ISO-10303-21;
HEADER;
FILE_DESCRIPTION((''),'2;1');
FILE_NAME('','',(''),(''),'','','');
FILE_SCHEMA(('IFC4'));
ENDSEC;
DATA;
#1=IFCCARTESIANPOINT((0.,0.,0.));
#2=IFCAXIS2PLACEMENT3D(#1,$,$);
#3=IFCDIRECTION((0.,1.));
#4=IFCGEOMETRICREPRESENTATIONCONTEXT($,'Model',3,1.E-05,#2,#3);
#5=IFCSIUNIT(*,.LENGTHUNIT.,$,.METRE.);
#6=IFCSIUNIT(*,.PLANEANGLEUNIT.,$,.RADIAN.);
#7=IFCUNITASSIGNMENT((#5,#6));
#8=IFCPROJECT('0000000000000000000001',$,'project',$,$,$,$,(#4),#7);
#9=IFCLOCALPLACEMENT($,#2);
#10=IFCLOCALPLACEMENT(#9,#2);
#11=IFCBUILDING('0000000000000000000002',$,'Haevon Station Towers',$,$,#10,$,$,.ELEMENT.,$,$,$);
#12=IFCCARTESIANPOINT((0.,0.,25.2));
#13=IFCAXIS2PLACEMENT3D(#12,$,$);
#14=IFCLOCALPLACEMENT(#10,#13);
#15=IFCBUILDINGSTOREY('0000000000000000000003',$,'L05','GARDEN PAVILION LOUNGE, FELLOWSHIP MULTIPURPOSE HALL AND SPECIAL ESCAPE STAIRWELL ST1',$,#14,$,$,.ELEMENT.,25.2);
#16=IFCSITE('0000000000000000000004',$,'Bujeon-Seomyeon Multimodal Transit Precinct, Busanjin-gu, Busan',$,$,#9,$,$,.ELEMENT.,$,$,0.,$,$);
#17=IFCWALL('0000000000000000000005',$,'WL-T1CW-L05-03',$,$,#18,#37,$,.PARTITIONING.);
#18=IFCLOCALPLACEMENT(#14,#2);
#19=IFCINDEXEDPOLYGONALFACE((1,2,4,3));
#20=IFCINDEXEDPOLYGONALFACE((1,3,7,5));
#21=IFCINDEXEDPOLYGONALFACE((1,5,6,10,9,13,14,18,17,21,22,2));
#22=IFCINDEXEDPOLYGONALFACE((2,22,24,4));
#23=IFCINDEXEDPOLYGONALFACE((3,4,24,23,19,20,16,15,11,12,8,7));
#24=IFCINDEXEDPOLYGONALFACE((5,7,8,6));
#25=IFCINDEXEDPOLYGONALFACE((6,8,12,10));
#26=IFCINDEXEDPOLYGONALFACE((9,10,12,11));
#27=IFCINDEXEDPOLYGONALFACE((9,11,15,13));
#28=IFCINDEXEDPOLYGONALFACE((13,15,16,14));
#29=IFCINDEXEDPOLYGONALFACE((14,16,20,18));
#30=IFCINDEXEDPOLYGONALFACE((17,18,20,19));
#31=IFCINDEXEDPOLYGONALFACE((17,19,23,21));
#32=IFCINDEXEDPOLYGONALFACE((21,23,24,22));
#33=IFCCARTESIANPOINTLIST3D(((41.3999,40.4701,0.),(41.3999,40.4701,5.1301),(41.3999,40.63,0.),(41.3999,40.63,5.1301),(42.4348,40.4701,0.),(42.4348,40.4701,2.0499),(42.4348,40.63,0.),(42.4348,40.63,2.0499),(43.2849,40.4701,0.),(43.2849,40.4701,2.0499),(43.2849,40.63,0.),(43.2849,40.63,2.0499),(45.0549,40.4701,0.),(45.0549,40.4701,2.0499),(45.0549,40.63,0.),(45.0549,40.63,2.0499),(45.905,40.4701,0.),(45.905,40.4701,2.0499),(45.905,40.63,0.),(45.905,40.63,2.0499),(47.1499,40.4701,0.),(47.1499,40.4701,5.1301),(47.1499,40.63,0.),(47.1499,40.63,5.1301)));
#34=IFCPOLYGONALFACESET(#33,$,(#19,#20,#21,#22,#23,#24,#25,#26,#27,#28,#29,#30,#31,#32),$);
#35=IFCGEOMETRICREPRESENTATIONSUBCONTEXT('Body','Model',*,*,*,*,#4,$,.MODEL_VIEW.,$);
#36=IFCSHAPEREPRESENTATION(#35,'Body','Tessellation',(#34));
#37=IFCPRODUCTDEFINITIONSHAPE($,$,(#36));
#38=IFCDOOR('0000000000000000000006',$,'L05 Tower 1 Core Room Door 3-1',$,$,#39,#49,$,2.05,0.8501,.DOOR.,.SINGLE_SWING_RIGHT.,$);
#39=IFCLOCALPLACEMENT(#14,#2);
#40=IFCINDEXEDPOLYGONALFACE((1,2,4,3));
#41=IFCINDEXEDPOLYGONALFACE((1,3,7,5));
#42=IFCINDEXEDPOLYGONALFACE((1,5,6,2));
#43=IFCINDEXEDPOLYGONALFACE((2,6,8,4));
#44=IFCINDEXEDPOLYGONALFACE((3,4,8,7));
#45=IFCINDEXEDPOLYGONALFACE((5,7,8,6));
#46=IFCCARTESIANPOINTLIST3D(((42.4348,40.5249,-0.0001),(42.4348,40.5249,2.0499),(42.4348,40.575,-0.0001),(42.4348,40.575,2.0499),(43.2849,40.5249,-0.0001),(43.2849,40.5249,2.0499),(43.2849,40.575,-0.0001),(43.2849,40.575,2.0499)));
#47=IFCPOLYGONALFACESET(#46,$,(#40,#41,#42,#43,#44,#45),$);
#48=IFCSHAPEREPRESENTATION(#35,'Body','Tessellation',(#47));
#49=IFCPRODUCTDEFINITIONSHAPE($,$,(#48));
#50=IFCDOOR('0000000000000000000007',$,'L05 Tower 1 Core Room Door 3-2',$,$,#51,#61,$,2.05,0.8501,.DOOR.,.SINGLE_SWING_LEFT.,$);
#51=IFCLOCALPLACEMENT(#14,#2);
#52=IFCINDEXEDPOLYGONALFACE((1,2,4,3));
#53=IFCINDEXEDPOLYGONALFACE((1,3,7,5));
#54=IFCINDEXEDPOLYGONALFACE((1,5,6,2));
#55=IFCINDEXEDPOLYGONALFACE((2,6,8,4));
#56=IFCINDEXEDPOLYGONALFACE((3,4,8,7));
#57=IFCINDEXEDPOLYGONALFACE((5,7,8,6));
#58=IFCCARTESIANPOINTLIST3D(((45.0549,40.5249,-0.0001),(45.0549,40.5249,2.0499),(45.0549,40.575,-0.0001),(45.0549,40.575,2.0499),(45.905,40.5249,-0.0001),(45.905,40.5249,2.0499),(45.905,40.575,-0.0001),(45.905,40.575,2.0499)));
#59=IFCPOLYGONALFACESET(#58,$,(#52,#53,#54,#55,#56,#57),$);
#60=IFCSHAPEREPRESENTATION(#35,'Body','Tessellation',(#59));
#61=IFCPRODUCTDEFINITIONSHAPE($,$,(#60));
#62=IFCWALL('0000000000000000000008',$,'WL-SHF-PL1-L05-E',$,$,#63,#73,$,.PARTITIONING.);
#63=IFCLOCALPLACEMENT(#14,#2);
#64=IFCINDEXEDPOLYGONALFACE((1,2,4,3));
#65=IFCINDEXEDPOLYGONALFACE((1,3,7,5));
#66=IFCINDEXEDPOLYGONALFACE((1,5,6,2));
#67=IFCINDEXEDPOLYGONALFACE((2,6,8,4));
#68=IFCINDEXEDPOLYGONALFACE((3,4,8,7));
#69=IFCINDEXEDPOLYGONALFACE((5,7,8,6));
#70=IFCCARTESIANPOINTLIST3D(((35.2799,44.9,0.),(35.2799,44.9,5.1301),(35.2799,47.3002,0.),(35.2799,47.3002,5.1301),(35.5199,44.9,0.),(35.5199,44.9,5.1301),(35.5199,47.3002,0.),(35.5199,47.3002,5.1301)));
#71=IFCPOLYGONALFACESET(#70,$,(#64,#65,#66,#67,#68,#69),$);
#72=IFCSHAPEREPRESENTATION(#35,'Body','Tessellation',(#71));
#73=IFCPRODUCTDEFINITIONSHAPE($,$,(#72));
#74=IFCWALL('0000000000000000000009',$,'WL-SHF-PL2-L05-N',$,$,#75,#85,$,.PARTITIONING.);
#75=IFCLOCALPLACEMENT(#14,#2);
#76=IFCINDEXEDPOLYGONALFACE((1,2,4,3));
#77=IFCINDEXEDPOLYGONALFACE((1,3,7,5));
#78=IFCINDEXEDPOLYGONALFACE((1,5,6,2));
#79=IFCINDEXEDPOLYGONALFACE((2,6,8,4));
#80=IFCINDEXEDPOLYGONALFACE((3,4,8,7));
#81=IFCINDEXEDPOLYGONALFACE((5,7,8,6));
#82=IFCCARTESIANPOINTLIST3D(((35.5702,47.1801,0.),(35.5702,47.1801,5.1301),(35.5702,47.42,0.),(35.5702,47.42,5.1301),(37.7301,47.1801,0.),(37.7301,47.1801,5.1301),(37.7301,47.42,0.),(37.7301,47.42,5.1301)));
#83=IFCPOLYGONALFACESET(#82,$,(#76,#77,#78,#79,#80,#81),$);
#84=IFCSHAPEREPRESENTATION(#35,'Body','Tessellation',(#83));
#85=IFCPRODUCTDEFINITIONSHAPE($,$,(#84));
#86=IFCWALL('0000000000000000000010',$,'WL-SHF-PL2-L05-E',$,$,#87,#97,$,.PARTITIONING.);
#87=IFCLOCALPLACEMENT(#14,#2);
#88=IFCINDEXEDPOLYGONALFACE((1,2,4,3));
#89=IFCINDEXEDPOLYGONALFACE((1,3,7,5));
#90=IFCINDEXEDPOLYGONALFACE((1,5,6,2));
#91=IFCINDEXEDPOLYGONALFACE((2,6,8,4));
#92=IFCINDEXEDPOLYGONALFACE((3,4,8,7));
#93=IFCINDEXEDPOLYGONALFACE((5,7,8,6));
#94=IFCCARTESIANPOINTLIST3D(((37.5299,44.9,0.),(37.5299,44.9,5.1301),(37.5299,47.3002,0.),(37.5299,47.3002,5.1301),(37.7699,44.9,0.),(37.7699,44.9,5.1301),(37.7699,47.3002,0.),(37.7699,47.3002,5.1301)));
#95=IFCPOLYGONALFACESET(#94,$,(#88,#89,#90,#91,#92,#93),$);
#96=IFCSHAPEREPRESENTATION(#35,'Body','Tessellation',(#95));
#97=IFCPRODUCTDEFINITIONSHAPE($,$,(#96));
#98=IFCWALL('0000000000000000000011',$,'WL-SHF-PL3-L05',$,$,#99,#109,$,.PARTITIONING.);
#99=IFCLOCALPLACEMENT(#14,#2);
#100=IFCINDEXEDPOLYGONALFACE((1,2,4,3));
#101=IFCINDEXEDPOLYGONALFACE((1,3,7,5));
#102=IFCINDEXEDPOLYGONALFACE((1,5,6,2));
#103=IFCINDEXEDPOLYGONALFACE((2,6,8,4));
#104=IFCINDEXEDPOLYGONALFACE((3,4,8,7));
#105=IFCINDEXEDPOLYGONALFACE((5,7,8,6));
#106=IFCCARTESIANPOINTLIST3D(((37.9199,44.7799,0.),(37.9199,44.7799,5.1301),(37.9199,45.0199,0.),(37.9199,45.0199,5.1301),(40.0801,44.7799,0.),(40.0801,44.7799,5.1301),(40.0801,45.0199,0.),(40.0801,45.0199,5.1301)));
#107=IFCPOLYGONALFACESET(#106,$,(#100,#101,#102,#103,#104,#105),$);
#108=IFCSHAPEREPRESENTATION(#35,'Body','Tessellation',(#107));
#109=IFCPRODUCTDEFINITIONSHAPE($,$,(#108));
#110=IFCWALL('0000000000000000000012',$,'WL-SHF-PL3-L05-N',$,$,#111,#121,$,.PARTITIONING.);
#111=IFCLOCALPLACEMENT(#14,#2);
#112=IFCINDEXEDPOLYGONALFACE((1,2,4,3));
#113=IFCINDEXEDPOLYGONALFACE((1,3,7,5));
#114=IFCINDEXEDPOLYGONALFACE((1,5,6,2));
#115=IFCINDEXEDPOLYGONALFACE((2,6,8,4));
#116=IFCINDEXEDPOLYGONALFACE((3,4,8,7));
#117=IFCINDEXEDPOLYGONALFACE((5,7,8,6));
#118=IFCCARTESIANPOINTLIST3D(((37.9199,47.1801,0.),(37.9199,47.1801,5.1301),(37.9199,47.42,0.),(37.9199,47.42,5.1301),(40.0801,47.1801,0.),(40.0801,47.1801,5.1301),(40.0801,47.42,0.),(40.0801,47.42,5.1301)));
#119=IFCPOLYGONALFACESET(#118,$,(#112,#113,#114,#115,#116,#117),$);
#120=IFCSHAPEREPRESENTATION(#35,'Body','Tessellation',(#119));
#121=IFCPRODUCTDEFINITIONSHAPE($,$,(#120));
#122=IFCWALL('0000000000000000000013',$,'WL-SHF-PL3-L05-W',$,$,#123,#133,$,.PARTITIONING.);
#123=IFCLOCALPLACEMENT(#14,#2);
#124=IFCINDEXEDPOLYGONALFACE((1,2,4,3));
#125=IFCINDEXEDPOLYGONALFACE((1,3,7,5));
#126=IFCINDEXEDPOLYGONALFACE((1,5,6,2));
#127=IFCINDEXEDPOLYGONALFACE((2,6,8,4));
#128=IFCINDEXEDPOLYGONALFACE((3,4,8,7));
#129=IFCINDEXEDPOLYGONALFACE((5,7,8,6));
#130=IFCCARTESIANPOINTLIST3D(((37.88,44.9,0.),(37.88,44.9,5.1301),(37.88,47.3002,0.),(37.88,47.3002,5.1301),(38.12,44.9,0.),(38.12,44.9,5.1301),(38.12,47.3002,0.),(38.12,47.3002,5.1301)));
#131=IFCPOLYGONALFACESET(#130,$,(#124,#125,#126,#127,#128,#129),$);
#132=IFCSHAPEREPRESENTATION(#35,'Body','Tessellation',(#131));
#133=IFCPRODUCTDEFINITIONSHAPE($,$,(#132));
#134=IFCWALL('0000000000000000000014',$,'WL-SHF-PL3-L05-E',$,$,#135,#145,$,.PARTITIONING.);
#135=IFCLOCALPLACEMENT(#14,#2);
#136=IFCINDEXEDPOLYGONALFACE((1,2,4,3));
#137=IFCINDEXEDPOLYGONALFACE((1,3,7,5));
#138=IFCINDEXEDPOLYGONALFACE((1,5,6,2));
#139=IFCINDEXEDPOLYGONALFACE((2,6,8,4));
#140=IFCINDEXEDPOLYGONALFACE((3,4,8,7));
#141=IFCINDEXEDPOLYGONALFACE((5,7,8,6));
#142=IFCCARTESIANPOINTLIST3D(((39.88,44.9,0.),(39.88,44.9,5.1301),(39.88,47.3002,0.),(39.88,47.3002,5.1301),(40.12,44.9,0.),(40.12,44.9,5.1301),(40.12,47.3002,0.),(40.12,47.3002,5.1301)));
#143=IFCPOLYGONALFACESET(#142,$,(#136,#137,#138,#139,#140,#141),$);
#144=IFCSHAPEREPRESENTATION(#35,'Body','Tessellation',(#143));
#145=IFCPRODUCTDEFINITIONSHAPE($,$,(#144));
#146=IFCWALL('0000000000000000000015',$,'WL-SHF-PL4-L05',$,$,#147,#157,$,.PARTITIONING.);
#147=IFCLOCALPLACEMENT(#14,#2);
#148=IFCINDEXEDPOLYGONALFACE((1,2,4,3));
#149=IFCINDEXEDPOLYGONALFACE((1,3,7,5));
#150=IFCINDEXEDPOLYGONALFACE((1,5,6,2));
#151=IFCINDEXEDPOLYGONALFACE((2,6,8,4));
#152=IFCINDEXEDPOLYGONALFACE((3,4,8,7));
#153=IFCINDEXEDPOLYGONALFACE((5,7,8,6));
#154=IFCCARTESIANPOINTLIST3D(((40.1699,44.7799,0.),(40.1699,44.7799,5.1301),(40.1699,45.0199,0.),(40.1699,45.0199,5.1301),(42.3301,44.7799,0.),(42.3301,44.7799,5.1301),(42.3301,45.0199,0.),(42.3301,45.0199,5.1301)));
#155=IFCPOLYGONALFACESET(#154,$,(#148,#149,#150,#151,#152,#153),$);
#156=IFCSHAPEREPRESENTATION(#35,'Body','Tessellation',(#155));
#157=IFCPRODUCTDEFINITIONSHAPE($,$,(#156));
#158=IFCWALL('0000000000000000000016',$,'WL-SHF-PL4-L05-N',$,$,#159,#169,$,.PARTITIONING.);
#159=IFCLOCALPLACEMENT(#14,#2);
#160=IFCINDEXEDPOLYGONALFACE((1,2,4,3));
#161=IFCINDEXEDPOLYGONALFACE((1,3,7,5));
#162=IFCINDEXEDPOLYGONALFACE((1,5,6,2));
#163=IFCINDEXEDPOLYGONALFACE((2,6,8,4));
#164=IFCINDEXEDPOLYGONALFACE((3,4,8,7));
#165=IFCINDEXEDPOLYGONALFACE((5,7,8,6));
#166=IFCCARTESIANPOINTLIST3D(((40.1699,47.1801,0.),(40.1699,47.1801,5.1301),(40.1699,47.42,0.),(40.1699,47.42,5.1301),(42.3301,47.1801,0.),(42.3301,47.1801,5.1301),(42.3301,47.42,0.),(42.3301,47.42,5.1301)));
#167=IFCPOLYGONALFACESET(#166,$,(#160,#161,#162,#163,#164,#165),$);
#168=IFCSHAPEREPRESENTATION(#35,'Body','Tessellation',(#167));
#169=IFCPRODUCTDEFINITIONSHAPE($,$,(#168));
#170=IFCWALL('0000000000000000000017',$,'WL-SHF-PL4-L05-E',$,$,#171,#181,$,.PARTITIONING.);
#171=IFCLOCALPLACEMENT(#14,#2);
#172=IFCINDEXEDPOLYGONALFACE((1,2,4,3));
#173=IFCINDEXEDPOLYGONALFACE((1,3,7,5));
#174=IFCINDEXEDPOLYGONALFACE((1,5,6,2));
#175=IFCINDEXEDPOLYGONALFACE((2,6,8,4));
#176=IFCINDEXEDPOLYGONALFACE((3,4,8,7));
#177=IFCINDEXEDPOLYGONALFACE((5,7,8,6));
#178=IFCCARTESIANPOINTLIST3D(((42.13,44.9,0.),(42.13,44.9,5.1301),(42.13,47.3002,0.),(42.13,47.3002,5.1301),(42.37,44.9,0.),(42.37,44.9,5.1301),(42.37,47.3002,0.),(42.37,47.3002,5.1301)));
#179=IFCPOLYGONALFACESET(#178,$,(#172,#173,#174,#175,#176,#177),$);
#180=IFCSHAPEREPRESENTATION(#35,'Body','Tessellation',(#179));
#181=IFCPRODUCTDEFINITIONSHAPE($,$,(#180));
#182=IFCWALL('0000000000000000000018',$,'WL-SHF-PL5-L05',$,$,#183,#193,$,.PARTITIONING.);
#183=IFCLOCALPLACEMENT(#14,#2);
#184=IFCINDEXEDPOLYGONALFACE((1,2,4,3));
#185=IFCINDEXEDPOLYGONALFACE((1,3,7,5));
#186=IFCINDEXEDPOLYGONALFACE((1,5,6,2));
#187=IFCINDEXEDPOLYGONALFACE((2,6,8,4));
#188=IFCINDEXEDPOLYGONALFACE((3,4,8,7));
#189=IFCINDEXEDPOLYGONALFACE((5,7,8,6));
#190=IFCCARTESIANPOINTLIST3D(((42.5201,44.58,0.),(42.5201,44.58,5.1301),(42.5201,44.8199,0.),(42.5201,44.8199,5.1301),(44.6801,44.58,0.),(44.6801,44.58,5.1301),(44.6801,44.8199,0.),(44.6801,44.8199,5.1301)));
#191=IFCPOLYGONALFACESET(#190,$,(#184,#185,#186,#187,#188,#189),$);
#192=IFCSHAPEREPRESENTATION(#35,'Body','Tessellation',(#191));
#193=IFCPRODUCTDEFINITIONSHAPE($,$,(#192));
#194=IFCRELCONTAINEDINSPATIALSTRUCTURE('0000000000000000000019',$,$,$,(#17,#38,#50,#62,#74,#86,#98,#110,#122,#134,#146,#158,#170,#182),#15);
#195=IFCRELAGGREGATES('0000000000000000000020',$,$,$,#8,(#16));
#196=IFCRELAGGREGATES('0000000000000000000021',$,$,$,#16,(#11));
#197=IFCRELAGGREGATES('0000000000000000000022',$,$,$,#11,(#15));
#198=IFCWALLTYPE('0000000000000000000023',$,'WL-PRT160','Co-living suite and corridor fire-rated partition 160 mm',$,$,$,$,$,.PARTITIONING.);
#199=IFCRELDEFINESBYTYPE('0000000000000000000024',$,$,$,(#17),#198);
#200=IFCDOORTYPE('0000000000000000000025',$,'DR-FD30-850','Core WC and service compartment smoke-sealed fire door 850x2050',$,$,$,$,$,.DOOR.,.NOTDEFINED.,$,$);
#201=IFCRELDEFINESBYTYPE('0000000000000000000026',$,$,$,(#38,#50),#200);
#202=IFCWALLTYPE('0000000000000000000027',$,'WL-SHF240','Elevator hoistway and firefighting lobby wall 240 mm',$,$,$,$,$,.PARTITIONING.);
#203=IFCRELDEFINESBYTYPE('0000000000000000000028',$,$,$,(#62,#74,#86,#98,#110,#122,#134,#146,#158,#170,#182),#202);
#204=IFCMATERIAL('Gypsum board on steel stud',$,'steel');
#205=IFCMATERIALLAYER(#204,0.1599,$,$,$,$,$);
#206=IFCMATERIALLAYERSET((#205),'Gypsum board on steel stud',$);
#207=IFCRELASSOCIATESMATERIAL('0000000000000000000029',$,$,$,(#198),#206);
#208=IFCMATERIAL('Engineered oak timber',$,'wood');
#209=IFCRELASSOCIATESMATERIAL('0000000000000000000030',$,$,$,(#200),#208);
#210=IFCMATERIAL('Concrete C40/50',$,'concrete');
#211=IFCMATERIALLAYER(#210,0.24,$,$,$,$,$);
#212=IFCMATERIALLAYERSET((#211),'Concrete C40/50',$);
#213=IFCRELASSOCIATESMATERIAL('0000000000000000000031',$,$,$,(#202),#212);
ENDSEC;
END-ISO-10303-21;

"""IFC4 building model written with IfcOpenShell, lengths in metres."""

from ifc_helpers import new_model, si_unit, direction, frame, frame_2d, origin, place, context, subcontext, project, spatial, rectangle, extrude, material, layer, layer_set, type_object, element, fill, save


model = new_model("IFC4")

# Units and contexts
model_context = context("Model", 3, precision=1e-05, world=origin(), true_north=direction((0.0, 1.0)))
body_context = subcontext(model_context, "Body", "Model", "MODEL_VIEW")
ifc_project = project(units=[si_unit("LENGTHUNIT", "METRE"), si_unit("PLANEANGLEUNIT", "RADIAN")], contexts=[model_context])

# Site, building, storey
site_placement = place(None, origin())
site = spatial("IfcSite", under=ifc_project, at=site_placement, Name="Bujeon-Seomyeon Multimodal Transit Precinct, Busanjin-gu, Busan", CompositionType="ELEMENT", RefElevation=0.0)
building_placement = place(site_placement, origin())
building = spatial("IfcBuilding", under=site, at=building_placement, Name="Haevon Station Towers", CompositionType="ELEMENT")
storey_placement = place(building_placement, frame((0.0, 0.0, 25.2)))
storey = spatial("IfcBuildingStorey", under=building, at=storey_placement, Name="L05", Description="GARDEN PAVILION LOUNGE, FELLOWSHIP MULTIPURPOSE HALL AND SPECIAL ESCAPE STAIRWELL ST1", CompositionType="ELEMENT", Elevation=25.2)

# Wall, openings, doors
ifc_material_1 = material(Name="Gypsum board on steel stud", Category="steel")
ifc_layer_1 = layer(ifc_material_1, 0.1599)
ifc_layer_set_1 = layer_set([ifc_layer_1], Name="Gypsum board on steel stud")
wall_type_1 = type_object("IfcWallType", Name="WL-PRT160", Description="Co-living suite and corridor fire-rated partition 160 mm", PredefinedType="PARTITIONING", material=ifc_layer_set_1)
wall_1_placement = place(storey_placement, frame((41.3999, 40.55, 0.0), z_axis=(0.0, 0.0, 1.0), x_axis=(1.0, 0.0, 0.0)))
wall_1 = element("IfcWall", 1, at=wall_1_placement, inside=storey, type_object=wall_type_1, Name="WL-T1CW-L05-03", PredefinedType="PARTITIONING", context=body_context, shape_type="SweptSolid", body=[
    extrude(rectangle(XDim=5.75, YDim=0.1599, at=frame_2d((2.875, 0.0))), origin(), (0.0, 0.0, 1.0), 5.1301),
])
opening_1_placement = place(wall_1_placement, frame((1.0349, 0.0, 0.0)))
opening_1 = element("IfcOpeningElement", 2, at=opening_1_placement, cuts=wall_1, PredefinedType="OPENING", context=body_context, shape_type="SweptSolid", body=[
    extrude(rectangle(XDim=0.8501, YDim=2.05, at=frame_2d((0.425, 1.0249))), frame((0.0, 0.0898, 0.0), z_axis=(0.0, -1.0, 0.0), x_axis=(1.0, 0.0, 0.0)), (0.0, 0.0, 1.0), 0.1799),
])
opening_2_placement = place(wall_1_placement, frame((3.655, 0.0, 0.0)))
opening_2 = element("IfcOpeningElement", 3, at=opening_2_placement, cuts=wall_1, PredefinedType="OPENING", context=body_context, shape_type="SweptSolid", body=[
    extrude(rectangle(XDim=0.8501, YDim=2.05, at=frame_2d((0.425, 1.0249))), frame((0.0, 0.0898, 0.0), z_axis=(0.0, -1.0, 0.0), x_axis=(1.0, 0.0, 0.0)), (0.0, 0.0, 1.0), 0.1799),
])
ifc_material_2 = material(Name="Engineered oak timber", Category="wood")
door_type_1 = type_object("IfcDoorType", Name="DR-FD30-850", Description="Core WC and service compartment smoke-sealed fire door 850x2050", OperationType="NOTDEFINED", PredefinedType="DOOR", material=ifc_material_2)
door_1_placement = place(opening_1_placement, origin())
door_1 = element("IfcDoor", 4, at=door_1_placement, inside=storey, type_object=door_type_1, Name="L05 Tower 1 Core Room Door 3-1", OperationType="SINGLE_SWING_RIGHT", OverallHeight=2.05, OverallWidth=0.8501, PredefinedType="DOOR", context=body_context, shape_type="SweptSolid", body=[
    extrude(rectangle(XDim=0.8501, YDim=2.05, at=frame_2d((0.425, 1.0249))), frame((0.0, 0.0249, 0.0), z_axis=(0.0, -1.0, 0.0), x_axis=(1.0, 0.0, 0.0)), (0.0, 0.0, 1.0), 0.05),
])
fill(opening_1, door_1)
door_2_placement = place(opening_2_placement, origin())
door_2 = element("IfcDoor", 5, at=door_2_placement, inside=storey, type_object=door_type_1, Name="L05 Tower 1 Core Room Door 3-2", OperationType="SINGLE_SWING_LEFT", OverallHeight=2.05, OverallWidth=0.8501, PredefinedType="DOOR", context=body_context, shape_type="SweptSolid", body=[
    extrude(rectangle(XDim=0.8501, YDim=2.05, at=frame_2d((0.425, 1.0249))), frame((0.0, 0.0249, 0.0), z_axis=(0.0, -1.0, 0.0), x_axis=(1.0, 0.0, 0.0)), (0.0, 0.0, 1.0), 0.05),
])
fill(opening_2, door_2)

# Wall
ifc_material_3 = material(Name="Concrete C40/50", Category="concrete")
ifc_layer_2 = layer(ifc_material_3, 0.24)
ifc_layer_set_2 = layer_set([ifc_layer_2], Name="Concrete C40/50")
wall_type_2 = type_object("IfcWallType", Name="WL-SHF240", Description="Elevator hoistway and firefighting lobby wall 240 mm", PredefinedType="PARTITIONING", material=ifc_layer_set_2)
wall_2_placement = place(storey_placement, frame((35.3999, 44.8999, 0.0), z_axis=(0.0, 0.0, 1.0), x_axis=(0.0, 1.0, 0.0)))
element("IfcWall", 6, at=wall_2_placement, inside=storey, type_object=wall_type_2, Name="WL-SHF-PL1-L05-E", PredefinedType="PARTITIONING", context=body_context, shape_type="SweptSolid", body=[
    extrude(rectangle(XDim=2.4001, YDim=0.24, at=frame_2d((1.2002, 0.0))), origin(), (0.0, 0.0, 1.0), 5.1301),
])

# Walls
wall_3_placement = place(storey_placement, frame((35.5701, 47.3, 0.0), z_axis=(0.0, 0.0, 1.0), x_axis=(1.0, 0.0, 0.0)))
element("IfcWall", 7, at=wall_3_placement, inside=storey, type_object=wall_type_2, Name="WL-SHF-PL2-L05-N", PredefinedType="PARTITIONING", context=body_context, shape_type="SweptSolid", body=[
    extrude(rectangle(XDim=2.1599, YDim=0.24, at=frame_2d((1.0801, 0.0))), origin(), (0.0, 0.0, 1.0), 5.1301),
])
wall_4_placement = place(storey_placement, frame((37.6499, 44.8999, 0.0), z_axis=(0.0, 0.0, 1.0), x_axis=(0.0, 1.0, 0.0)))
element("IfcWall", 8, at=wall_4_placement, inside=storey, type_object=wall_type_2, Name="WL-SHF-PL2-L05-E", PredefinedType="PARTITIONING", context=body_context, shape_type="SweptSolid", body=[
    extrude(rectangle(XDim=2.4001, YDim=0.24, at=frame_2d((1.2002, 0.0))), origin(), (0.0, 0.0, 1.0), 5.1301),
])
for number, where, z_axis, x_axis, name in (
    (9, (37.9199, 44.8999, 0.0), (0.0, 0.0, 1.0), (1.0, 0.0, 0.0), "WL-SHF-PL3-L05"),
    (10, (37.9199, 47.3, 0.0), (0.0, 0.0, 1.0), (1.0, 0.0, 0.0), "WL-SHF-PL3-L05-N"),
):
    element("IfcWall", number, at=place(storey_placement, frame(where, z_axis=z_axis, x_axis=x_axis)), inside=storey, type_object=wall_type_2, Name=name, PredefinedType="PARTITIONING", context=body_context, shape_type="SweptSolid", body=[
        extrude(rectangle(XDim=2.1602, YDim=0.24, at=frame_2d((1.0801, 0.0))), origin(), (0.0, 0.0, 1.0), 5.1301),
    ])
for number, where, z_axis, x_axis, name in (
    (11, (38.0, 44.8999, 0.0), (0.0, 0.0, 1.0), (0.0, 1.0, 0.0), "WL-SHF-PL3-L05-W"),
    (12, (40.0, 44.8999, 0.0), (0.0, 0.0, 1.0), (0.0, 1.0, 0.0), "WL-SHF-PL3-L05-E"),
):
    element("IfcWall", number, at=place(storey_placement, frame(where, z_axis=z_axis, x_axis=x_axis)), inside=storey, type_object=wall_type_2, Name=name, PredefinedType="PARTITIONING", context=body_context, shape_type="SweptSolid", body=[
        extrude(rectangle(XDim=2.4001, YDim=0.24, at=frame_2d((1.2002, 0.0))), origin(), (0.0, 0.0, 1.0), 5.1301),
    ])
for number, where, z_axis, x_axis, name in (
    (13, (40.1699, 44.8999, 0.0), (0.0, 0.0, 1.0), (1.0, 0.0, 0.0), "WL-SHF-PL4-L05"),
    (14, (40.1699, 47.3, 0.0), (0.0, 0.0, 1.0), (1.0, 0.0, 0.0), "WL-SHF-PL4-L05-N"),
):
    element("IfcWall", number, at=place(storey_placement, frame(where, z_axis=z_axis, x_axis=x_axis)), inside=storey, type_object=wall_type_2, Name=name, PredefinedType="PARTITIONING", context=body_context, shape_type="SweptSolid", body=[
        extrude(rectangle(XDim=2.1602, YDim=0.24, at=frame_2d((1.0801, 0.0))), origin(), (0.0, 0.0, 1.0), 5.1301),
    ])
wall_5_placement = place(storey_placement, frame((42.25, 44.8999, 0.0), z_axis=(0.0, 0.0, 1.0), x_axis=(0.0, 1.0, 0.0)))
element("IfcWall", 15, at=wall_5_placement, inside=storey, type_object=wall_type_2, Name="WL-SHF-PL4-L05-E", PredefinedType="PARTITIONING", context=body_context, shape_type="SweptSolid", body=[
    extrude(rectangle(XDim=2.4001, YDim=0.24, at=frame_2d((1.2002, 0.0))), origin(), (0.0, 0.0, 1.0), 5.1301),
])
for number, where, z_axis, x_axis, name in (
    (16, (42.52, 44.7, 0.0), (0.0, 0.0, 1.0), (1.0, 0.0, 0.0), "WL-SHF-PL5-L05"),
):
    element("IfcWall", number, at=place(storey_placement, frame(where, z_axis=z_axis, x_axis=x_axis)), inside=storey, type_object=wall_type_2, Name=name, PredefinedType="PARTITIONING", context=body_context, shape_type="SweptSolid", body=[
        extrude(rectangle(XDim=2.1599, YDim=0.24, at=frame_2d((1.0801, 0.0))), origin(), (0.0, 0.0, 1.0), 5.1301),
    ])

save(model, "model.ifc")
